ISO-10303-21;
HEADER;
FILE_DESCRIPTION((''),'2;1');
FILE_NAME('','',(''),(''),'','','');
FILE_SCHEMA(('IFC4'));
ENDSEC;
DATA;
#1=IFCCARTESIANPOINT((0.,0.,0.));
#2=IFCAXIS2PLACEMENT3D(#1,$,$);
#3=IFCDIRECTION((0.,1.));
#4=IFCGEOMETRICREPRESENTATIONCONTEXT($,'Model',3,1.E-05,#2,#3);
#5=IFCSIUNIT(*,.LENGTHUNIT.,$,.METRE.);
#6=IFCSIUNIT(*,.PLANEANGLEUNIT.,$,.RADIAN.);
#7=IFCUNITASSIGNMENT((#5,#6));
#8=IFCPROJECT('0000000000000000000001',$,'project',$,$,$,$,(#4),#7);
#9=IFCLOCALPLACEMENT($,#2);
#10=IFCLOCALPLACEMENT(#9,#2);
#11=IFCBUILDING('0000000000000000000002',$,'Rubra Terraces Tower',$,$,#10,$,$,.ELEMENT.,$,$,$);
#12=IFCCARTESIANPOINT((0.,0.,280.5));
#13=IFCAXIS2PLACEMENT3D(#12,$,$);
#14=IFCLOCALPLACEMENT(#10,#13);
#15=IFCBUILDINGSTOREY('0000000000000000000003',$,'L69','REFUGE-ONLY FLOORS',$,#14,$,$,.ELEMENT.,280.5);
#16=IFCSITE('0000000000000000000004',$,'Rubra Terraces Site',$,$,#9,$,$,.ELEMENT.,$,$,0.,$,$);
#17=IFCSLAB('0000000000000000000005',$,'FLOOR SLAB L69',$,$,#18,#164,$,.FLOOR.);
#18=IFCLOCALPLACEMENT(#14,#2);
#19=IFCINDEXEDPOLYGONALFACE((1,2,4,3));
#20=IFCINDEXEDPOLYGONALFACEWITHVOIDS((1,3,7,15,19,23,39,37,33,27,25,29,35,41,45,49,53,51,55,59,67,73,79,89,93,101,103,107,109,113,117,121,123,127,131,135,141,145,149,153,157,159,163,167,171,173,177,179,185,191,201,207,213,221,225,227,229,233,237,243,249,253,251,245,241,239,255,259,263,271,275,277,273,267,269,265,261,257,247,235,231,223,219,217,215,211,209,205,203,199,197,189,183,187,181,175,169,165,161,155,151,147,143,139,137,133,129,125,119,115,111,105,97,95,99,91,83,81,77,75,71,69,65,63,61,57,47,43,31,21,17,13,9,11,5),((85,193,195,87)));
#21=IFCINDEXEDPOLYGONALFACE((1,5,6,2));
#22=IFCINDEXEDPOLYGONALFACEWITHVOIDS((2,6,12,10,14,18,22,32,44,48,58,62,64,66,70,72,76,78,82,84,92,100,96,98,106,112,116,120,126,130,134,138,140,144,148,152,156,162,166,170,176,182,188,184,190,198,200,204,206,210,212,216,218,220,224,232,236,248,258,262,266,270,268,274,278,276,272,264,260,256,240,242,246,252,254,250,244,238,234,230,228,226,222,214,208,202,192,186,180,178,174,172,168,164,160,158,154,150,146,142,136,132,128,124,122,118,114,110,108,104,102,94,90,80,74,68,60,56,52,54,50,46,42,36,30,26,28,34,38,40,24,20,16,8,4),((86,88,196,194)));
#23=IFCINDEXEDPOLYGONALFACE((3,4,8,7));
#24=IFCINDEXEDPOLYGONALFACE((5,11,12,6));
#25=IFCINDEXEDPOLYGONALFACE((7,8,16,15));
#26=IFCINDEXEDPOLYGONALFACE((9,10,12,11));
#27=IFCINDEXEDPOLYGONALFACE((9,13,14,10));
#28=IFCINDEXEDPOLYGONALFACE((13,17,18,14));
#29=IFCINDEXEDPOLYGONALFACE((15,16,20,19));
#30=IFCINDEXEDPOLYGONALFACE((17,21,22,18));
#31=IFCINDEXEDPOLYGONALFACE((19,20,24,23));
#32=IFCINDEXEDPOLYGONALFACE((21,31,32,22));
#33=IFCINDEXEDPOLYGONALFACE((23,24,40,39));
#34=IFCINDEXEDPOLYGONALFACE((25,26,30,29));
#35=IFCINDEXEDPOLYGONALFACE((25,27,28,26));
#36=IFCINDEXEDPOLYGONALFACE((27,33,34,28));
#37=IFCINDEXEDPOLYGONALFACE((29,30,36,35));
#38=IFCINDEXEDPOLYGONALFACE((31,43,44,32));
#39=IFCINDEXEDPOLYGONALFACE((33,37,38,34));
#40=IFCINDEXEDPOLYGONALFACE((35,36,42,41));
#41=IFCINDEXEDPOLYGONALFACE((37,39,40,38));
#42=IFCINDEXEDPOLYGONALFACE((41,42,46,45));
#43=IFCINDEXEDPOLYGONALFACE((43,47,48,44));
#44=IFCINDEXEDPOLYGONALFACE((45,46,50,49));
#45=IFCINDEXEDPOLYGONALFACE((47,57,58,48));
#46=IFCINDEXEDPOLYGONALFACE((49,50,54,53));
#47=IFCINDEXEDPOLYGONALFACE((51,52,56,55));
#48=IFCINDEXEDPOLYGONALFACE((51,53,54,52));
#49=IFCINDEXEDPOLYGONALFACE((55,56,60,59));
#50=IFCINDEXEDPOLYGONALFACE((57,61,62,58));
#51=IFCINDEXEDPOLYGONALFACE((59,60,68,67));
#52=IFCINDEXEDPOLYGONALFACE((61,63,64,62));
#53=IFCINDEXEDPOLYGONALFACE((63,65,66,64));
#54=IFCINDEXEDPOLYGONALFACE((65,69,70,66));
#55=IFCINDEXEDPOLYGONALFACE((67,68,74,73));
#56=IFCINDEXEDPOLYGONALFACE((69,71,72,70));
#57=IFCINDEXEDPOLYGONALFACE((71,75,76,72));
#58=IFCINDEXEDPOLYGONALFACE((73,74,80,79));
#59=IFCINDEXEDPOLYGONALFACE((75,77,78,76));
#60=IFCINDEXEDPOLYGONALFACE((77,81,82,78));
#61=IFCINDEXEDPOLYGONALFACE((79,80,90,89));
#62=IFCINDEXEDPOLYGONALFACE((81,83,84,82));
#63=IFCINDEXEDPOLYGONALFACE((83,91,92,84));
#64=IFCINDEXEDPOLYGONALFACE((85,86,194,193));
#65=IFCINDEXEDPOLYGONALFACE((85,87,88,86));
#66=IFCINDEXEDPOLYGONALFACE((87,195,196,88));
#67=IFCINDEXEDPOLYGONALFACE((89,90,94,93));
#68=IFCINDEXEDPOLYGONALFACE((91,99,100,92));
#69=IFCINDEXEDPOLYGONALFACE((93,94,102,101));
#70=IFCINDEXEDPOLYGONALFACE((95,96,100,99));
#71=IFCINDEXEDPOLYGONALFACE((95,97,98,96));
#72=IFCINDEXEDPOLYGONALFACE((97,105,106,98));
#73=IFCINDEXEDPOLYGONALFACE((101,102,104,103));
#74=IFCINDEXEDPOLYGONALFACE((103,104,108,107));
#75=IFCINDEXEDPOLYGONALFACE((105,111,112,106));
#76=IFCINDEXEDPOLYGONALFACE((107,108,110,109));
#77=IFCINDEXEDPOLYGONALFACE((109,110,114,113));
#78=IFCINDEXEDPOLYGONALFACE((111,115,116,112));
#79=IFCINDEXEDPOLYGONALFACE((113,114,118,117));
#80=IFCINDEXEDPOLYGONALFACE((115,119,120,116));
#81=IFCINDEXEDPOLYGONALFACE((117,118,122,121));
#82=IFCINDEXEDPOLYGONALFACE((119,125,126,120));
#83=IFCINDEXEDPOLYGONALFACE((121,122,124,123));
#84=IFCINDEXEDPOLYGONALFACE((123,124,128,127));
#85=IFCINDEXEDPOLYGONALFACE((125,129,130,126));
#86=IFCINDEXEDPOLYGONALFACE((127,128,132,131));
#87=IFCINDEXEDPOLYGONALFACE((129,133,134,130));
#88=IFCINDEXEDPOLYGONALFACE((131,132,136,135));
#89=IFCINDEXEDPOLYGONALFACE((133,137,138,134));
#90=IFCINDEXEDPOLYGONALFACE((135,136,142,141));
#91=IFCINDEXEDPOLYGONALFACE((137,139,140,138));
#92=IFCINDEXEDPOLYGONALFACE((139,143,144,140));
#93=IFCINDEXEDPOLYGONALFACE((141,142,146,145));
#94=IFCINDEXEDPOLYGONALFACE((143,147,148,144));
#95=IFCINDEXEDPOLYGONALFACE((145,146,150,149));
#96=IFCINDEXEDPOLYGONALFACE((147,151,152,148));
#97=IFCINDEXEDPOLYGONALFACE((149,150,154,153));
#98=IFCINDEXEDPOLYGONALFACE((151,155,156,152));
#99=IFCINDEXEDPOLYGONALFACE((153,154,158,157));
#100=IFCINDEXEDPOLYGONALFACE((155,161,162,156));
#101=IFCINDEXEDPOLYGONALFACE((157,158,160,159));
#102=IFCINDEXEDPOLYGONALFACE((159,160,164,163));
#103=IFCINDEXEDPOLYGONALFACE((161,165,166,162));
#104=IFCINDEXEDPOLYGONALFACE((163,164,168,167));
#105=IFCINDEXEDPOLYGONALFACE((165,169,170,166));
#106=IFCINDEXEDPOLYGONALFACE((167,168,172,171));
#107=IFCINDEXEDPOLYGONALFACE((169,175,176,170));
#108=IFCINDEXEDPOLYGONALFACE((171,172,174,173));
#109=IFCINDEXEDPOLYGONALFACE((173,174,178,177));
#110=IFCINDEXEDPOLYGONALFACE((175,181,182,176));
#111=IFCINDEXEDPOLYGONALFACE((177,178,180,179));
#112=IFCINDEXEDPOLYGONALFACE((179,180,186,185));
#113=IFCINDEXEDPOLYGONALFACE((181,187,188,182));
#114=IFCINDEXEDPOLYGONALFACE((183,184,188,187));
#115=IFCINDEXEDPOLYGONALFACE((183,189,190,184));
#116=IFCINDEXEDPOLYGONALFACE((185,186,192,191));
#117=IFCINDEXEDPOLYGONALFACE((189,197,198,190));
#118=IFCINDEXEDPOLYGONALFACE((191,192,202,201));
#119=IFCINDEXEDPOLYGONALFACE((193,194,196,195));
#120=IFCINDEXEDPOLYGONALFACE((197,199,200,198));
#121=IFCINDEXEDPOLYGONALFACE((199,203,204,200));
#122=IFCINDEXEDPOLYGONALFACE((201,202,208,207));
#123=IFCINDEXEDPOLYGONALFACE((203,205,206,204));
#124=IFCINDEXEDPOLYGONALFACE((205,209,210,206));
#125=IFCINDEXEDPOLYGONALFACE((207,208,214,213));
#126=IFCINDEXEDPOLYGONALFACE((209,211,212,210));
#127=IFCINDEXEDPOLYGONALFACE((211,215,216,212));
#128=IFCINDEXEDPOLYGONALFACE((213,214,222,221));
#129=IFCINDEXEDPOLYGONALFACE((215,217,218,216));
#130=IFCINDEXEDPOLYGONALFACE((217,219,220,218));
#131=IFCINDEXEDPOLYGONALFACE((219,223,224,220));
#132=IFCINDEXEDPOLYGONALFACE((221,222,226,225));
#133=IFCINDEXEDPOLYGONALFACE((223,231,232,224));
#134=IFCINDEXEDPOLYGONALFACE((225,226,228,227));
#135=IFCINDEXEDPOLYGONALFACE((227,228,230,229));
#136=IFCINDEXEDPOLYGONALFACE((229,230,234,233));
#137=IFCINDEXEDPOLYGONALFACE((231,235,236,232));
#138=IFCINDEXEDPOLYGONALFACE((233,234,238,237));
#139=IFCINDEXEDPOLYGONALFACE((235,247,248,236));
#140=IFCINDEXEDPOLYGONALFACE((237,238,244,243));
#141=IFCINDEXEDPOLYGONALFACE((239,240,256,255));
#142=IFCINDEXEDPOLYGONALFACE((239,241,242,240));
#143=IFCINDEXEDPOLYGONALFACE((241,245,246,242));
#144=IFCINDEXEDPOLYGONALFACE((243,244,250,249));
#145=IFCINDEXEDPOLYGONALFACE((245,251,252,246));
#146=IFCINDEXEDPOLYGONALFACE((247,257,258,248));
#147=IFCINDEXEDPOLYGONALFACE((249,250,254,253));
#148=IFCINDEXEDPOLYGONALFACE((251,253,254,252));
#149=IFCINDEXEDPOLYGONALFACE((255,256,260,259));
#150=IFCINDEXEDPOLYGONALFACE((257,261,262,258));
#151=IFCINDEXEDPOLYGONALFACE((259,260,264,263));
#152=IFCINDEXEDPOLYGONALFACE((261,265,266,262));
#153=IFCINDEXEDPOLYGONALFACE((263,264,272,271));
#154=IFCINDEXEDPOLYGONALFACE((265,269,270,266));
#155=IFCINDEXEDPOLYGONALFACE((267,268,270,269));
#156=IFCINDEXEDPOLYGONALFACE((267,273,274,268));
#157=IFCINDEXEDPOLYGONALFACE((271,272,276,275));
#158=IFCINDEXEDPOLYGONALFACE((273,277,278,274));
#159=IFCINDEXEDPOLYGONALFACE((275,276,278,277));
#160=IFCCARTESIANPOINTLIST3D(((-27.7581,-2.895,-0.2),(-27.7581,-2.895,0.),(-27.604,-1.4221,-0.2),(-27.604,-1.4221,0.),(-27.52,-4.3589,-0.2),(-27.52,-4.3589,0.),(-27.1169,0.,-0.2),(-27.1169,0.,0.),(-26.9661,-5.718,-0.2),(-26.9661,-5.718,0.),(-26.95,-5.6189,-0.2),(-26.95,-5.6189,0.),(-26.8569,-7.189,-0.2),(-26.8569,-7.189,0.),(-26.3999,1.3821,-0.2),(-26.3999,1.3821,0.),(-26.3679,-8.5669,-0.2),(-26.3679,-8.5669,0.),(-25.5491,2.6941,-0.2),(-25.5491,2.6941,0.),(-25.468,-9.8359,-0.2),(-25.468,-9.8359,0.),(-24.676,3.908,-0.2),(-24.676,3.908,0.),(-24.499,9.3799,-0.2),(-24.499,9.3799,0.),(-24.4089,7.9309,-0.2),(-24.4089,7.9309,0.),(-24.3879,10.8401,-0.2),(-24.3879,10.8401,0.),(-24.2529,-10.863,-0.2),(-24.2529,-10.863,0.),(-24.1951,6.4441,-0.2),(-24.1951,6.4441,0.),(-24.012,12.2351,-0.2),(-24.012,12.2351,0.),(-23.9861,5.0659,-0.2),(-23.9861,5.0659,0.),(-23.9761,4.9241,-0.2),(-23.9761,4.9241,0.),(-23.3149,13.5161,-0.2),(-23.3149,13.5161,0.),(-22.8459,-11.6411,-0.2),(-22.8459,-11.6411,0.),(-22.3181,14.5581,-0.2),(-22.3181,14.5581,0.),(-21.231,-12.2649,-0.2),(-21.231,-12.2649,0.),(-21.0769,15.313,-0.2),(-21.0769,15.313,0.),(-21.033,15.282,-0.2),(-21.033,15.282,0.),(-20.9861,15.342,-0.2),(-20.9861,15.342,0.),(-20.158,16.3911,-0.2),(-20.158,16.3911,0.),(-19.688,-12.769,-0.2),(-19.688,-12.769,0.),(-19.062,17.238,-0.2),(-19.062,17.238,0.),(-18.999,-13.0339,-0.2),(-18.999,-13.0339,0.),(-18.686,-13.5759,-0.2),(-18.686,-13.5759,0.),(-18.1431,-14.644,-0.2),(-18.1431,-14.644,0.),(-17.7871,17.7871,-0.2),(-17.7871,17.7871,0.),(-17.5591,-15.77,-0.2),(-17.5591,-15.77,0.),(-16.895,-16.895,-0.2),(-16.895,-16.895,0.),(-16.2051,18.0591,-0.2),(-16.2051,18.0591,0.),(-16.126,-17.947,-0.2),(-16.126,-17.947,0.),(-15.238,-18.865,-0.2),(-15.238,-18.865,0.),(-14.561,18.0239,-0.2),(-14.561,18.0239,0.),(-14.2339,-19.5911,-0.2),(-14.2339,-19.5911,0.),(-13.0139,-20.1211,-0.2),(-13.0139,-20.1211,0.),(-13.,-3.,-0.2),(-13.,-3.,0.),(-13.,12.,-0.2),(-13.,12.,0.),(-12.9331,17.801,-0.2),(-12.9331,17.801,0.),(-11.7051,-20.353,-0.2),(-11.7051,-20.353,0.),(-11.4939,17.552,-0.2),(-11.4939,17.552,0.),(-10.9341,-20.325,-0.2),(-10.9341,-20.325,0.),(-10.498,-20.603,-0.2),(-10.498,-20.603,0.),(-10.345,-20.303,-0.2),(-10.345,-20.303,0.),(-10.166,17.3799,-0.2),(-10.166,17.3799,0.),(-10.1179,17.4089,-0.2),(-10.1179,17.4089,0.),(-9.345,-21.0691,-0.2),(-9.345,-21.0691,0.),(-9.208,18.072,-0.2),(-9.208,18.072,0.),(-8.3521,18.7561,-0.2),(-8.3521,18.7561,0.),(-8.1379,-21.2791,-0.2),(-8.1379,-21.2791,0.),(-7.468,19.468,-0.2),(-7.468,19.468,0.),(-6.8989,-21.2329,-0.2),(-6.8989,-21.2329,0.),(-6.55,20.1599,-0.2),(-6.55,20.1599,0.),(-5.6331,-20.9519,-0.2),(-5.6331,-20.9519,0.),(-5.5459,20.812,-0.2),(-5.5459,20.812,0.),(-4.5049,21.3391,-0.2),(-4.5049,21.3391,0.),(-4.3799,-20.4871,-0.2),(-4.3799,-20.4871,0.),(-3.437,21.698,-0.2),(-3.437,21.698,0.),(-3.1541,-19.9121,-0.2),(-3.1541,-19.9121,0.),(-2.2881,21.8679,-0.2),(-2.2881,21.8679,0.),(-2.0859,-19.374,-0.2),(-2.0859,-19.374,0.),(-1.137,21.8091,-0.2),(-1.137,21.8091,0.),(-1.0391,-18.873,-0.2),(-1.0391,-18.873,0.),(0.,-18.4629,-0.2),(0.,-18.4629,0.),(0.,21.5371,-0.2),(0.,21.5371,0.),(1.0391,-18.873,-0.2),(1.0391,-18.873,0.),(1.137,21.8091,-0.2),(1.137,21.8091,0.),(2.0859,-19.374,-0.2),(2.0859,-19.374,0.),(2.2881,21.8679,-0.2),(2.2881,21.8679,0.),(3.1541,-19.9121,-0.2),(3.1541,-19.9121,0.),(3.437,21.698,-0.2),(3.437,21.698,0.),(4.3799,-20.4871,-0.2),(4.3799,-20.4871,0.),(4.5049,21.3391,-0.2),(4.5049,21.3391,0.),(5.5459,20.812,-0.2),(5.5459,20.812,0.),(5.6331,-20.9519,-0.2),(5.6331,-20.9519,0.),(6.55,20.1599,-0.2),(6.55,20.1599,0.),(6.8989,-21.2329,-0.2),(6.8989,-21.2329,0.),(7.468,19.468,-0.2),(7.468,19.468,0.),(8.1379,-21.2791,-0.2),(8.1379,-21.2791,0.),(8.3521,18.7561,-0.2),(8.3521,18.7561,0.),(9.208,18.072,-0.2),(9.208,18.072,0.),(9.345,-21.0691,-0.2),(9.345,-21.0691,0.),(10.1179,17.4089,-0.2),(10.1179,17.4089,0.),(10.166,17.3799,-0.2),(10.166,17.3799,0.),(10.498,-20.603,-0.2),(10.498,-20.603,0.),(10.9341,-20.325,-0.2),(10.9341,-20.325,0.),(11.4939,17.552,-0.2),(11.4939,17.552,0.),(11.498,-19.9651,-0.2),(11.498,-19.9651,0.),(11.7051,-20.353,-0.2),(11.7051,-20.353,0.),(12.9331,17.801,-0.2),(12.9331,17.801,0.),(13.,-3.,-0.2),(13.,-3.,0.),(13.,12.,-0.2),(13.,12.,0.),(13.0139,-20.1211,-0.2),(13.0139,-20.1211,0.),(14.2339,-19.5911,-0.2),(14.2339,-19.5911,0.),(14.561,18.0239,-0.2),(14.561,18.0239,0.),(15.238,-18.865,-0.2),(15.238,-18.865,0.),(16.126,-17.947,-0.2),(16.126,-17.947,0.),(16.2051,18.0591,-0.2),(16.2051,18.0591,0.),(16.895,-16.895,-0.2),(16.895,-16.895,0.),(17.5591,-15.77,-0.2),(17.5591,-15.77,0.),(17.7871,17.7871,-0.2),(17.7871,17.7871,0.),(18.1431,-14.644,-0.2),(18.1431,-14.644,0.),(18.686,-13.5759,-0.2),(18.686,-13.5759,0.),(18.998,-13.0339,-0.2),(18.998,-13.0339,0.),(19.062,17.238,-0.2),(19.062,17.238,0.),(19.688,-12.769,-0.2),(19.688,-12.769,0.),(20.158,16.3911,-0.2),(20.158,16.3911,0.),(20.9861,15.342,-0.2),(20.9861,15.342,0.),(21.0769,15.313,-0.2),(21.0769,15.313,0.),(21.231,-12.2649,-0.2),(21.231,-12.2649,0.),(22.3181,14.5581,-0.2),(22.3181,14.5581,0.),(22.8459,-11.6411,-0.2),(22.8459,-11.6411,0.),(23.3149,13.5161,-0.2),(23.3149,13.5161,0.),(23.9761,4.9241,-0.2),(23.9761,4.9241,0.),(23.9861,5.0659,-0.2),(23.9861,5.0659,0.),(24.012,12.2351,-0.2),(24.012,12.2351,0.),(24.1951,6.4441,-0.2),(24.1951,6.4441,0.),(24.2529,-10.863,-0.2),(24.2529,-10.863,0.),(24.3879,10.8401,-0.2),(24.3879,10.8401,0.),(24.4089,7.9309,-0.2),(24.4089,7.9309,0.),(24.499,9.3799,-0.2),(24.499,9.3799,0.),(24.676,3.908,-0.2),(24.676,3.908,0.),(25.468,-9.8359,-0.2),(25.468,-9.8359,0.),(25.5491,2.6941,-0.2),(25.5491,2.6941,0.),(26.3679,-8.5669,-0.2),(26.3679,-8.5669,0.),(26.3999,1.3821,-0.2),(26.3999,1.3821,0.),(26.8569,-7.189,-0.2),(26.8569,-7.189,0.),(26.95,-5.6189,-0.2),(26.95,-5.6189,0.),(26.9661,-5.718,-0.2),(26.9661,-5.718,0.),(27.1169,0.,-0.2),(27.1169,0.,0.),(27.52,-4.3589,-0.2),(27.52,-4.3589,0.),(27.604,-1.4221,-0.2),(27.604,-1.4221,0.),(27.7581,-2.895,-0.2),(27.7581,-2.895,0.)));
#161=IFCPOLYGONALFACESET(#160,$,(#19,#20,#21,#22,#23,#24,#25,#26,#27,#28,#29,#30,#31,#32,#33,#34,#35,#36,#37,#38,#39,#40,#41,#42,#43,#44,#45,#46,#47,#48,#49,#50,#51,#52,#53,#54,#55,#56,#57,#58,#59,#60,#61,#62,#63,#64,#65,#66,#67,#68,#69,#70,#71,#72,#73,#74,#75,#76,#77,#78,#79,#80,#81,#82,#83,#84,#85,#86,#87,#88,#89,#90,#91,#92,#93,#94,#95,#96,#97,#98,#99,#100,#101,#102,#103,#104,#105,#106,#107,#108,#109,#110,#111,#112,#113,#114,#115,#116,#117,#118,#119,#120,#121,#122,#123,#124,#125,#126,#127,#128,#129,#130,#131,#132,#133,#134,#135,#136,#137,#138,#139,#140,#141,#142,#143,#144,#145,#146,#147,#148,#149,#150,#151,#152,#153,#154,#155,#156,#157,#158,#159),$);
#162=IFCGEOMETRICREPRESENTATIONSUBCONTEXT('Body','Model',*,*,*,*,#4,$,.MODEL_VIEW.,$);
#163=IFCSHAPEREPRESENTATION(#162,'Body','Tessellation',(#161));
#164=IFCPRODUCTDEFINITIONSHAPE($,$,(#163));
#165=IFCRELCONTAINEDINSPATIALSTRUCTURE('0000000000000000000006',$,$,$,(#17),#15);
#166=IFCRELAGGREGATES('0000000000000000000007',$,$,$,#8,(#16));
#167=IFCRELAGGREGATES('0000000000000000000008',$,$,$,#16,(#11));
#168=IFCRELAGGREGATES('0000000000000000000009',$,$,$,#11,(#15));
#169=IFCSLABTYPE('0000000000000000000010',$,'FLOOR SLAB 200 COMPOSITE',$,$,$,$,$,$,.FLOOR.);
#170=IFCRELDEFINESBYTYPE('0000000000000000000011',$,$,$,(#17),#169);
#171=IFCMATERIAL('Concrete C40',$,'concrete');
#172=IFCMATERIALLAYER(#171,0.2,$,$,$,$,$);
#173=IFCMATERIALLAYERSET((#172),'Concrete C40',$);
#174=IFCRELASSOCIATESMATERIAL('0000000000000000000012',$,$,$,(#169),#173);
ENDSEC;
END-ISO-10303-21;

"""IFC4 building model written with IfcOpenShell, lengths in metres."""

from ifc_helpers import new_model, si_unit, direction, frame, origin, place, context, subcontext, project, spatial, polyline, outline, extrude, material, layer, layer_set, type_object, element, save


model = new_model("IFC4")

# Units and contexts
model_context = context("Model", 3, precision=1e-05, world=origin(), true_north=direction((0.0, 1.0)))
body_context = subcontext(model_context, "Body", "Model", "MODEL_VIEW")
ifc_project = project(units=[si_unit("LENGTHUNIT", "METRE"), si_unit("PLANEANGLEUNIT", "RADIAN")], contexts=[model_context])

# Site, building, storey
site_placement = place(None, origin())
site = spatial("IfcSite", under=ifc_project, at=site_placement, Name="Rubra Terraces Site", CompositionType="ELEMENT", RefElevation=0.0)
building_placement = place(site_placement, origin())
building = spatial("IfcBuilding", under=site, at=building_placement, Name="Rubra Terraces Tower", CompositionType="ELEMENT")
storey_placement = place(building_placement, frame((0.0, 0.0, 280.5)))
storey = spatial("IfcBuildingStorey", under=building, at=storey_placement, Name="L69", Description="REFUGE-ONLY FLOORS", CompositionType="ELEMENT", Elevation=280.5)

# Slab
ifc_material_1 = material(Name="Concrete C40", Category="concrete")
ifc_layer_1 = layer(ifc_material_1, 0.2)
ifc_layer_set_1 = layer_set([ifc_layer_1], Name="Concrete C40")
slab_type = type_object("IfcSlabType", Name="FLOOR SLAB 200 COMPOSITE", PredefinedType="FLOOR", material=ifc_layer_set_1)
slab_placement = place(storey_placement, frame((0.0, 0.0, -0.2)))
element("IfcSlab", 1, at=slab_placement, inside=storey, type_object=slab_type, Name="FLOOR SLAB L69", PredefinedType="FLOOR", context=body_context, shape_type="SweptSolid", body=[
    extrude(outline(polyline([(18.686, -13.5759), (18.998, -13.0339), (19.688, -12.769), (21.231, -12.2649), (22.8459, -11.6411), (24.2529, -10.863), (25.468, -9.8359), (26.3679, -8.5669), (26.8569, -7.189), (26.9661, -5.718), (26.95, -5.6189), (27.52, -4.3589), (27.7581, -2.895), (27.604, -1.4221), (27.1169, 0.0), (26.3999, 1.3821), (25.5491, 2.6941), (24.676, 3.908), (23.9761, 4.9241), (23.9861, 5.0659), (24.1951, 6.4441), (24.4089, 7.9309), (24.499, 9.3799), (24.3879, 10.8401), (24.012, 12.2351), (23.3149, 13.5161), (22.3181, 14.5581), (21.0769, 15.313), (20.9861, 15.342), (20.158, 16.3911), (19.062, 17.238), (17.7871, 17.7871), (16.2051, 18.0591), (14.561, 18.0239), (12.9331, 17.801), (11.4939, 17.552), (10.166, 17.3799), (10.1179, 17.4089), (9.208, 18.072), (8.3521, 18.7561), (7.468, 19.468), (6.55, 20.1599), (5.5459, 20.812), (4.5049, 21.3391), (3.437, 21.698), (2.2881, 21.8679), (1.137, 21.8091), (0.0, 21.5371), (-1.137, 21.8091), (-2.2881, 21.8679), (-3.437, 21.698), (-4.5049, 21.3391), (-5.5459, 20.812), (-6.55, 20.1599), (-7.468, 19.468), (-8.3521, 18.7561), (-9.208, 18.072), (-10.1179, 17.4089), (-10.166, 17.3799), (-11.4939, 17.552), (-12.9331, 17.801), (-14.561, 18.0239), (-16.2051, 18.0591), (-17.7871, 17.7871), (-19.062, 17.238), (-20.158, 16.3911), (-21.033, 15.282), (-20.9861, 15.342), (-21.0769, 15.313), (-22.3181, 14.5581), (-23.3149, 13.5161), (-24.012, 12.2351), (-24.3879, 10.8401), (-24.499, 9.3799), (-24.4089, 7.9309), (-24.1951, 6.4441), (-23.9861, 5.0659), (-23.9761, 4.9241), (-24.676, 3.908), (-25.5491, 2.6941), (-26.3999, 1.3821), (-27.1169, 0.0), (-27.604, -1.4221), (-27.7581, -2.895), (-27.52, -4.3589), (-26.95, -5.6189), (-26.9661, -5.718), (-26.8569, -7.189), (-26.3679, -8.5669), (-25.468, -9.8359), (-24.2529, -10.863), (-22.8459, -11.6411), (-21.231, -12.2649), (-19.688, -12.769), (-18.999, -13.0339), (-18.686, -13.5759), (-18.1431, -14.644), (-17.5591, -15.77), (-16.895, -16.895), (-16.126, -17.947), (-15.238, -18.865), (-14.2339, -19.5911), (-13.0139, -20.1211), (-11.7051, -20.353), (-10.345, -20.303), (-10.9341, -20.325), (-10.498, -20.603), (-9.345, -21.0691), (-8.1379, -21.2791), (-6.8989, -21.2329), (-5.6331, -20.9519), (-4.3799, -20.4871), (-3.1541, -19.9121), (-2.0859, -19.374), (-1.0391, -18.873), (0.0, -18.4629), (1.0391, -18.873), (2.0859, -19.374), (3.1541, -19.9121), (4.3799, -20.4871), (5.6331, -20.9519), (6.8989, -21.2329), (8.1379, -21.2791), (9.345, -21.0691), (10.498, -20.603), (11.498, -19.9651), (10.9341, -20.325), (11.7051, -20.353), (13.0139, -20.1211), (14.2339, -19.5911), (15.238, -18.865), (16.126, -17.947), (16.895, -16.895), (17.5591, -15.77), (18.1431, -14.644), (18.686, -13.5759)]), holes=[polyline([(13.0, 12.0), (13.0, -3.0), (-13.0, -3.0), (-13.0, 12.0), (13.0, 12.0)])]), origin(), (0.0, 0.0, 1.0), 0.2),
])

save(model, "model.ifc")
